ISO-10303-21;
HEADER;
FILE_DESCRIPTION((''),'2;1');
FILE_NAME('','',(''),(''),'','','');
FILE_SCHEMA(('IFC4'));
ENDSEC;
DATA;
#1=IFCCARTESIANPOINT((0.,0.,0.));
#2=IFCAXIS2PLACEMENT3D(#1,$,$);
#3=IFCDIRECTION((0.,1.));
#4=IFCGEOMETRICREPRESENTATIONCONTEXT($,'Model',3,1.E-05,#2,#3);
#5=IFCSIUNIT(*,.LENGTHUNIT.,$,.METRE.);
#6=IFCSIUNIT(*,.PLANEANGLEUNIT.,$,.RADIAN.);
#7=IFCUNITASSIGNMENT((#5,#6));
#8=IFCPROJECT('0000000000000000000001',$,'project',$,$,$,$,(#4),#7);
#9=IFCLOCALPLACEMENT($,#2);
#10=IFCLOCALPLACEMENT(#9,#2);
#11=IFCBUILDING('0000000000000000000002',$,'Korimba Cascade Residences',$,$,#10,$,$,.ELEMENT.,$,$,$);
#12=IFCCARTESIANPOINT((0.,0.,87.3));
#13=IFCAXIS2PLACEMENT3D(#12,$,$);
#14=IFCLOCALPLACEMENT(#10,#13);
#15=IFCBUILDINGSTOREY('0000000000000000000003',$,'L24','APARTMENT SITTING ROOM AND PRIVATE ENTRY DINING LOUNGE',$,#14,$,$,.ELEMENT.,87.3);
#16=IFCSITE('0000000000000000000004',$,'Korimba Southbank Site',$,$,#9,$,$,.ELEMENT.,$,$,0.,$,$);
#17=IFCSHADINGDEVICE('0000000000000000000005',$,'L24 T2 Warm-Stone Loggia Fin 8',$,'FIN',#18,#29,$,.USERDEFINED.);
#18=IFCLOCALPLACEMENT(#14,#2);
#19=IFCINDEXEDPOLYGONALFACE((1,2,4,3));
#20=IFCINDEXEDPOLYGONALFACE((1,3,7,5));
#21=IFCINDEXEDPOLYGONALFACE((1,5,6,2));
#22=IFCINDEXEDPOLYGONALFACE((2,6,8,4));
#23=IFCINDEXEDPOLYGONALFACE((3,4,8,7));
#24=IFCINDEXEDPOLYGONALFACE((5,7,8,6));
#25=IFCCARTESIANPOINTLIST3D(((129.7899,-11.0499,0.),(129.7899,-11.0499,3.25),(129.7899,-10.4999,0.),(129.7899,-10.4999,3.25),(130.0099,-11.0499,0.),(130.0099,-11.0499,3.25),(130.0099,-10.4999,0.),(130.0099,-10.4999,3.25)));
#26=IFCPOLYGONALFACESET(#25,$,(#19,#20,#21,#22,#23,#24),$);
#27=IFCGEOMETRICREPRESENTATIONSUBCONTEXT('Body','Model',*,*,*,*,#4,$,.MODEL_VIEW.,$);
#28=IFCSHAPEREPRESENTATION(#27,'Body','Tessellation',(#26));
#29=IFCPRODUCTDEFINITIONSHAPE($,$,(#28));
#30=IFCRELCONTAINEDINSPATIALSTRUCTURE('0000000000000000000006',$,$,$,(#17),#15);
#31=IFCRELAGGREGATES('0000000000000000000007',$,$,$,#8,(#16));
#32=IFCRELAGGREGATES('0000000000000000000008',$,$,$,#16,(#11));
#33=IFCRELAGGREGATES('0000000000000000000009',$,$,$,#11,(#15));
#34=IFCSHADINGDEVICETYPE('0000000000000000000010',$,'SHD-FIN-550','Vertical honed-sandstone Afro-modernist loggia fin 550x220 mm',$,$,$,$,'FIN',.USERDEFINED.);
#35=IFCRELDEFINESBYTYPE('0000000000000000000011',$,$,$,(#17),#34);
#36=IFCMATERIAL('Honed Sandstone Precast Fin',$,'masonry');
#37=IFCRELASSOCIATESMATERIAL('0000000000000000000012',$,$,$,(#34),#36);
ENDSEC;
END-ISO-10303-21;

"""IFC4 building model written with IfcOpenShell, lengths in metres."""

from ifc_helpers import new_model, si_unit, direction, frame, origin, origin_2d, place, context, subcontext, project, spatial, rectangle, extrude, material, type_object, element, save


model = new_model("IFC4")

# Units and contexts
model_context = context("Model", 3, precision=1e-05, world=origin(), true_north=direction((0.0, 1.0)))
body_context = subcontext(model_context, "Body", "Model", "MODEL_VIEW")
ifc_project = project(units=[si_unit("LENGTHUNIT", "METRE"), si_unit("PLANEANGLEUNIT", "RADIAN")], contexts=[model_context])

# Site, building, storey
site_placement = place(None, origin())
site = spatial("IfcSite", under=ifc_project, at=site_placement, Name="Korimba Southbank Site", CompositionType="ELEMENT", RefElevation=0.0)
building_placement = place(site_placement, origin())
building = spatial("IfcBuilding", under=site, at=building_placement, Name="Korimba Cascade Residences", CompositionType="ELEMENT")
storey_placement = place(building_placement, frame((0.0, 0.0, 87.3)))
storey = spatial("IfcBuildingStorey", under=building, at=storey_placement, Name="L24", Description="APARTMENT SITTING ROOM AND PRIVATE ENTRY DINING LOUNGE", CompositionType="ELEMENT", Elevation=87.3)

# Shading device
ifc_material_1 = material(Name="Honed Sandstone Precast Fin", Category="masonry")
shading_device_type = type_object("IfcShadingDeviceType", Name="SHD-FIN-550", Description="Vertical honed-sandstone Afro-modernist loggia fin 550x220 mm", ElementType="FIN", PredefinedType="USERDEFINED", material=ifc_material_1)
shading_device_placement = place(storey_placement, frame((129.8999, -10.7749, 0.0), z_axis=(0.0, 0.0, 1.0), x_axis=(1.0, 0.0, 0.0)))
element("IfcShadingDevice", 1, at=shading_device_placement, inside=storey, type_object=shading_device_type, Name="L24 T2 Warm-Stone Loggia Fin 8", ObjectType="FIN", PredefinedType="USERDEFINED", context=body_context, shape_type="SweptSolid", body=[
    extrude(rectangle(XDim=0.22, YDim=0.55, at=origin_2d()), origin(), (0.0, 0.0, 1.0), 3.25),
])

save(model, "model.ifc")
